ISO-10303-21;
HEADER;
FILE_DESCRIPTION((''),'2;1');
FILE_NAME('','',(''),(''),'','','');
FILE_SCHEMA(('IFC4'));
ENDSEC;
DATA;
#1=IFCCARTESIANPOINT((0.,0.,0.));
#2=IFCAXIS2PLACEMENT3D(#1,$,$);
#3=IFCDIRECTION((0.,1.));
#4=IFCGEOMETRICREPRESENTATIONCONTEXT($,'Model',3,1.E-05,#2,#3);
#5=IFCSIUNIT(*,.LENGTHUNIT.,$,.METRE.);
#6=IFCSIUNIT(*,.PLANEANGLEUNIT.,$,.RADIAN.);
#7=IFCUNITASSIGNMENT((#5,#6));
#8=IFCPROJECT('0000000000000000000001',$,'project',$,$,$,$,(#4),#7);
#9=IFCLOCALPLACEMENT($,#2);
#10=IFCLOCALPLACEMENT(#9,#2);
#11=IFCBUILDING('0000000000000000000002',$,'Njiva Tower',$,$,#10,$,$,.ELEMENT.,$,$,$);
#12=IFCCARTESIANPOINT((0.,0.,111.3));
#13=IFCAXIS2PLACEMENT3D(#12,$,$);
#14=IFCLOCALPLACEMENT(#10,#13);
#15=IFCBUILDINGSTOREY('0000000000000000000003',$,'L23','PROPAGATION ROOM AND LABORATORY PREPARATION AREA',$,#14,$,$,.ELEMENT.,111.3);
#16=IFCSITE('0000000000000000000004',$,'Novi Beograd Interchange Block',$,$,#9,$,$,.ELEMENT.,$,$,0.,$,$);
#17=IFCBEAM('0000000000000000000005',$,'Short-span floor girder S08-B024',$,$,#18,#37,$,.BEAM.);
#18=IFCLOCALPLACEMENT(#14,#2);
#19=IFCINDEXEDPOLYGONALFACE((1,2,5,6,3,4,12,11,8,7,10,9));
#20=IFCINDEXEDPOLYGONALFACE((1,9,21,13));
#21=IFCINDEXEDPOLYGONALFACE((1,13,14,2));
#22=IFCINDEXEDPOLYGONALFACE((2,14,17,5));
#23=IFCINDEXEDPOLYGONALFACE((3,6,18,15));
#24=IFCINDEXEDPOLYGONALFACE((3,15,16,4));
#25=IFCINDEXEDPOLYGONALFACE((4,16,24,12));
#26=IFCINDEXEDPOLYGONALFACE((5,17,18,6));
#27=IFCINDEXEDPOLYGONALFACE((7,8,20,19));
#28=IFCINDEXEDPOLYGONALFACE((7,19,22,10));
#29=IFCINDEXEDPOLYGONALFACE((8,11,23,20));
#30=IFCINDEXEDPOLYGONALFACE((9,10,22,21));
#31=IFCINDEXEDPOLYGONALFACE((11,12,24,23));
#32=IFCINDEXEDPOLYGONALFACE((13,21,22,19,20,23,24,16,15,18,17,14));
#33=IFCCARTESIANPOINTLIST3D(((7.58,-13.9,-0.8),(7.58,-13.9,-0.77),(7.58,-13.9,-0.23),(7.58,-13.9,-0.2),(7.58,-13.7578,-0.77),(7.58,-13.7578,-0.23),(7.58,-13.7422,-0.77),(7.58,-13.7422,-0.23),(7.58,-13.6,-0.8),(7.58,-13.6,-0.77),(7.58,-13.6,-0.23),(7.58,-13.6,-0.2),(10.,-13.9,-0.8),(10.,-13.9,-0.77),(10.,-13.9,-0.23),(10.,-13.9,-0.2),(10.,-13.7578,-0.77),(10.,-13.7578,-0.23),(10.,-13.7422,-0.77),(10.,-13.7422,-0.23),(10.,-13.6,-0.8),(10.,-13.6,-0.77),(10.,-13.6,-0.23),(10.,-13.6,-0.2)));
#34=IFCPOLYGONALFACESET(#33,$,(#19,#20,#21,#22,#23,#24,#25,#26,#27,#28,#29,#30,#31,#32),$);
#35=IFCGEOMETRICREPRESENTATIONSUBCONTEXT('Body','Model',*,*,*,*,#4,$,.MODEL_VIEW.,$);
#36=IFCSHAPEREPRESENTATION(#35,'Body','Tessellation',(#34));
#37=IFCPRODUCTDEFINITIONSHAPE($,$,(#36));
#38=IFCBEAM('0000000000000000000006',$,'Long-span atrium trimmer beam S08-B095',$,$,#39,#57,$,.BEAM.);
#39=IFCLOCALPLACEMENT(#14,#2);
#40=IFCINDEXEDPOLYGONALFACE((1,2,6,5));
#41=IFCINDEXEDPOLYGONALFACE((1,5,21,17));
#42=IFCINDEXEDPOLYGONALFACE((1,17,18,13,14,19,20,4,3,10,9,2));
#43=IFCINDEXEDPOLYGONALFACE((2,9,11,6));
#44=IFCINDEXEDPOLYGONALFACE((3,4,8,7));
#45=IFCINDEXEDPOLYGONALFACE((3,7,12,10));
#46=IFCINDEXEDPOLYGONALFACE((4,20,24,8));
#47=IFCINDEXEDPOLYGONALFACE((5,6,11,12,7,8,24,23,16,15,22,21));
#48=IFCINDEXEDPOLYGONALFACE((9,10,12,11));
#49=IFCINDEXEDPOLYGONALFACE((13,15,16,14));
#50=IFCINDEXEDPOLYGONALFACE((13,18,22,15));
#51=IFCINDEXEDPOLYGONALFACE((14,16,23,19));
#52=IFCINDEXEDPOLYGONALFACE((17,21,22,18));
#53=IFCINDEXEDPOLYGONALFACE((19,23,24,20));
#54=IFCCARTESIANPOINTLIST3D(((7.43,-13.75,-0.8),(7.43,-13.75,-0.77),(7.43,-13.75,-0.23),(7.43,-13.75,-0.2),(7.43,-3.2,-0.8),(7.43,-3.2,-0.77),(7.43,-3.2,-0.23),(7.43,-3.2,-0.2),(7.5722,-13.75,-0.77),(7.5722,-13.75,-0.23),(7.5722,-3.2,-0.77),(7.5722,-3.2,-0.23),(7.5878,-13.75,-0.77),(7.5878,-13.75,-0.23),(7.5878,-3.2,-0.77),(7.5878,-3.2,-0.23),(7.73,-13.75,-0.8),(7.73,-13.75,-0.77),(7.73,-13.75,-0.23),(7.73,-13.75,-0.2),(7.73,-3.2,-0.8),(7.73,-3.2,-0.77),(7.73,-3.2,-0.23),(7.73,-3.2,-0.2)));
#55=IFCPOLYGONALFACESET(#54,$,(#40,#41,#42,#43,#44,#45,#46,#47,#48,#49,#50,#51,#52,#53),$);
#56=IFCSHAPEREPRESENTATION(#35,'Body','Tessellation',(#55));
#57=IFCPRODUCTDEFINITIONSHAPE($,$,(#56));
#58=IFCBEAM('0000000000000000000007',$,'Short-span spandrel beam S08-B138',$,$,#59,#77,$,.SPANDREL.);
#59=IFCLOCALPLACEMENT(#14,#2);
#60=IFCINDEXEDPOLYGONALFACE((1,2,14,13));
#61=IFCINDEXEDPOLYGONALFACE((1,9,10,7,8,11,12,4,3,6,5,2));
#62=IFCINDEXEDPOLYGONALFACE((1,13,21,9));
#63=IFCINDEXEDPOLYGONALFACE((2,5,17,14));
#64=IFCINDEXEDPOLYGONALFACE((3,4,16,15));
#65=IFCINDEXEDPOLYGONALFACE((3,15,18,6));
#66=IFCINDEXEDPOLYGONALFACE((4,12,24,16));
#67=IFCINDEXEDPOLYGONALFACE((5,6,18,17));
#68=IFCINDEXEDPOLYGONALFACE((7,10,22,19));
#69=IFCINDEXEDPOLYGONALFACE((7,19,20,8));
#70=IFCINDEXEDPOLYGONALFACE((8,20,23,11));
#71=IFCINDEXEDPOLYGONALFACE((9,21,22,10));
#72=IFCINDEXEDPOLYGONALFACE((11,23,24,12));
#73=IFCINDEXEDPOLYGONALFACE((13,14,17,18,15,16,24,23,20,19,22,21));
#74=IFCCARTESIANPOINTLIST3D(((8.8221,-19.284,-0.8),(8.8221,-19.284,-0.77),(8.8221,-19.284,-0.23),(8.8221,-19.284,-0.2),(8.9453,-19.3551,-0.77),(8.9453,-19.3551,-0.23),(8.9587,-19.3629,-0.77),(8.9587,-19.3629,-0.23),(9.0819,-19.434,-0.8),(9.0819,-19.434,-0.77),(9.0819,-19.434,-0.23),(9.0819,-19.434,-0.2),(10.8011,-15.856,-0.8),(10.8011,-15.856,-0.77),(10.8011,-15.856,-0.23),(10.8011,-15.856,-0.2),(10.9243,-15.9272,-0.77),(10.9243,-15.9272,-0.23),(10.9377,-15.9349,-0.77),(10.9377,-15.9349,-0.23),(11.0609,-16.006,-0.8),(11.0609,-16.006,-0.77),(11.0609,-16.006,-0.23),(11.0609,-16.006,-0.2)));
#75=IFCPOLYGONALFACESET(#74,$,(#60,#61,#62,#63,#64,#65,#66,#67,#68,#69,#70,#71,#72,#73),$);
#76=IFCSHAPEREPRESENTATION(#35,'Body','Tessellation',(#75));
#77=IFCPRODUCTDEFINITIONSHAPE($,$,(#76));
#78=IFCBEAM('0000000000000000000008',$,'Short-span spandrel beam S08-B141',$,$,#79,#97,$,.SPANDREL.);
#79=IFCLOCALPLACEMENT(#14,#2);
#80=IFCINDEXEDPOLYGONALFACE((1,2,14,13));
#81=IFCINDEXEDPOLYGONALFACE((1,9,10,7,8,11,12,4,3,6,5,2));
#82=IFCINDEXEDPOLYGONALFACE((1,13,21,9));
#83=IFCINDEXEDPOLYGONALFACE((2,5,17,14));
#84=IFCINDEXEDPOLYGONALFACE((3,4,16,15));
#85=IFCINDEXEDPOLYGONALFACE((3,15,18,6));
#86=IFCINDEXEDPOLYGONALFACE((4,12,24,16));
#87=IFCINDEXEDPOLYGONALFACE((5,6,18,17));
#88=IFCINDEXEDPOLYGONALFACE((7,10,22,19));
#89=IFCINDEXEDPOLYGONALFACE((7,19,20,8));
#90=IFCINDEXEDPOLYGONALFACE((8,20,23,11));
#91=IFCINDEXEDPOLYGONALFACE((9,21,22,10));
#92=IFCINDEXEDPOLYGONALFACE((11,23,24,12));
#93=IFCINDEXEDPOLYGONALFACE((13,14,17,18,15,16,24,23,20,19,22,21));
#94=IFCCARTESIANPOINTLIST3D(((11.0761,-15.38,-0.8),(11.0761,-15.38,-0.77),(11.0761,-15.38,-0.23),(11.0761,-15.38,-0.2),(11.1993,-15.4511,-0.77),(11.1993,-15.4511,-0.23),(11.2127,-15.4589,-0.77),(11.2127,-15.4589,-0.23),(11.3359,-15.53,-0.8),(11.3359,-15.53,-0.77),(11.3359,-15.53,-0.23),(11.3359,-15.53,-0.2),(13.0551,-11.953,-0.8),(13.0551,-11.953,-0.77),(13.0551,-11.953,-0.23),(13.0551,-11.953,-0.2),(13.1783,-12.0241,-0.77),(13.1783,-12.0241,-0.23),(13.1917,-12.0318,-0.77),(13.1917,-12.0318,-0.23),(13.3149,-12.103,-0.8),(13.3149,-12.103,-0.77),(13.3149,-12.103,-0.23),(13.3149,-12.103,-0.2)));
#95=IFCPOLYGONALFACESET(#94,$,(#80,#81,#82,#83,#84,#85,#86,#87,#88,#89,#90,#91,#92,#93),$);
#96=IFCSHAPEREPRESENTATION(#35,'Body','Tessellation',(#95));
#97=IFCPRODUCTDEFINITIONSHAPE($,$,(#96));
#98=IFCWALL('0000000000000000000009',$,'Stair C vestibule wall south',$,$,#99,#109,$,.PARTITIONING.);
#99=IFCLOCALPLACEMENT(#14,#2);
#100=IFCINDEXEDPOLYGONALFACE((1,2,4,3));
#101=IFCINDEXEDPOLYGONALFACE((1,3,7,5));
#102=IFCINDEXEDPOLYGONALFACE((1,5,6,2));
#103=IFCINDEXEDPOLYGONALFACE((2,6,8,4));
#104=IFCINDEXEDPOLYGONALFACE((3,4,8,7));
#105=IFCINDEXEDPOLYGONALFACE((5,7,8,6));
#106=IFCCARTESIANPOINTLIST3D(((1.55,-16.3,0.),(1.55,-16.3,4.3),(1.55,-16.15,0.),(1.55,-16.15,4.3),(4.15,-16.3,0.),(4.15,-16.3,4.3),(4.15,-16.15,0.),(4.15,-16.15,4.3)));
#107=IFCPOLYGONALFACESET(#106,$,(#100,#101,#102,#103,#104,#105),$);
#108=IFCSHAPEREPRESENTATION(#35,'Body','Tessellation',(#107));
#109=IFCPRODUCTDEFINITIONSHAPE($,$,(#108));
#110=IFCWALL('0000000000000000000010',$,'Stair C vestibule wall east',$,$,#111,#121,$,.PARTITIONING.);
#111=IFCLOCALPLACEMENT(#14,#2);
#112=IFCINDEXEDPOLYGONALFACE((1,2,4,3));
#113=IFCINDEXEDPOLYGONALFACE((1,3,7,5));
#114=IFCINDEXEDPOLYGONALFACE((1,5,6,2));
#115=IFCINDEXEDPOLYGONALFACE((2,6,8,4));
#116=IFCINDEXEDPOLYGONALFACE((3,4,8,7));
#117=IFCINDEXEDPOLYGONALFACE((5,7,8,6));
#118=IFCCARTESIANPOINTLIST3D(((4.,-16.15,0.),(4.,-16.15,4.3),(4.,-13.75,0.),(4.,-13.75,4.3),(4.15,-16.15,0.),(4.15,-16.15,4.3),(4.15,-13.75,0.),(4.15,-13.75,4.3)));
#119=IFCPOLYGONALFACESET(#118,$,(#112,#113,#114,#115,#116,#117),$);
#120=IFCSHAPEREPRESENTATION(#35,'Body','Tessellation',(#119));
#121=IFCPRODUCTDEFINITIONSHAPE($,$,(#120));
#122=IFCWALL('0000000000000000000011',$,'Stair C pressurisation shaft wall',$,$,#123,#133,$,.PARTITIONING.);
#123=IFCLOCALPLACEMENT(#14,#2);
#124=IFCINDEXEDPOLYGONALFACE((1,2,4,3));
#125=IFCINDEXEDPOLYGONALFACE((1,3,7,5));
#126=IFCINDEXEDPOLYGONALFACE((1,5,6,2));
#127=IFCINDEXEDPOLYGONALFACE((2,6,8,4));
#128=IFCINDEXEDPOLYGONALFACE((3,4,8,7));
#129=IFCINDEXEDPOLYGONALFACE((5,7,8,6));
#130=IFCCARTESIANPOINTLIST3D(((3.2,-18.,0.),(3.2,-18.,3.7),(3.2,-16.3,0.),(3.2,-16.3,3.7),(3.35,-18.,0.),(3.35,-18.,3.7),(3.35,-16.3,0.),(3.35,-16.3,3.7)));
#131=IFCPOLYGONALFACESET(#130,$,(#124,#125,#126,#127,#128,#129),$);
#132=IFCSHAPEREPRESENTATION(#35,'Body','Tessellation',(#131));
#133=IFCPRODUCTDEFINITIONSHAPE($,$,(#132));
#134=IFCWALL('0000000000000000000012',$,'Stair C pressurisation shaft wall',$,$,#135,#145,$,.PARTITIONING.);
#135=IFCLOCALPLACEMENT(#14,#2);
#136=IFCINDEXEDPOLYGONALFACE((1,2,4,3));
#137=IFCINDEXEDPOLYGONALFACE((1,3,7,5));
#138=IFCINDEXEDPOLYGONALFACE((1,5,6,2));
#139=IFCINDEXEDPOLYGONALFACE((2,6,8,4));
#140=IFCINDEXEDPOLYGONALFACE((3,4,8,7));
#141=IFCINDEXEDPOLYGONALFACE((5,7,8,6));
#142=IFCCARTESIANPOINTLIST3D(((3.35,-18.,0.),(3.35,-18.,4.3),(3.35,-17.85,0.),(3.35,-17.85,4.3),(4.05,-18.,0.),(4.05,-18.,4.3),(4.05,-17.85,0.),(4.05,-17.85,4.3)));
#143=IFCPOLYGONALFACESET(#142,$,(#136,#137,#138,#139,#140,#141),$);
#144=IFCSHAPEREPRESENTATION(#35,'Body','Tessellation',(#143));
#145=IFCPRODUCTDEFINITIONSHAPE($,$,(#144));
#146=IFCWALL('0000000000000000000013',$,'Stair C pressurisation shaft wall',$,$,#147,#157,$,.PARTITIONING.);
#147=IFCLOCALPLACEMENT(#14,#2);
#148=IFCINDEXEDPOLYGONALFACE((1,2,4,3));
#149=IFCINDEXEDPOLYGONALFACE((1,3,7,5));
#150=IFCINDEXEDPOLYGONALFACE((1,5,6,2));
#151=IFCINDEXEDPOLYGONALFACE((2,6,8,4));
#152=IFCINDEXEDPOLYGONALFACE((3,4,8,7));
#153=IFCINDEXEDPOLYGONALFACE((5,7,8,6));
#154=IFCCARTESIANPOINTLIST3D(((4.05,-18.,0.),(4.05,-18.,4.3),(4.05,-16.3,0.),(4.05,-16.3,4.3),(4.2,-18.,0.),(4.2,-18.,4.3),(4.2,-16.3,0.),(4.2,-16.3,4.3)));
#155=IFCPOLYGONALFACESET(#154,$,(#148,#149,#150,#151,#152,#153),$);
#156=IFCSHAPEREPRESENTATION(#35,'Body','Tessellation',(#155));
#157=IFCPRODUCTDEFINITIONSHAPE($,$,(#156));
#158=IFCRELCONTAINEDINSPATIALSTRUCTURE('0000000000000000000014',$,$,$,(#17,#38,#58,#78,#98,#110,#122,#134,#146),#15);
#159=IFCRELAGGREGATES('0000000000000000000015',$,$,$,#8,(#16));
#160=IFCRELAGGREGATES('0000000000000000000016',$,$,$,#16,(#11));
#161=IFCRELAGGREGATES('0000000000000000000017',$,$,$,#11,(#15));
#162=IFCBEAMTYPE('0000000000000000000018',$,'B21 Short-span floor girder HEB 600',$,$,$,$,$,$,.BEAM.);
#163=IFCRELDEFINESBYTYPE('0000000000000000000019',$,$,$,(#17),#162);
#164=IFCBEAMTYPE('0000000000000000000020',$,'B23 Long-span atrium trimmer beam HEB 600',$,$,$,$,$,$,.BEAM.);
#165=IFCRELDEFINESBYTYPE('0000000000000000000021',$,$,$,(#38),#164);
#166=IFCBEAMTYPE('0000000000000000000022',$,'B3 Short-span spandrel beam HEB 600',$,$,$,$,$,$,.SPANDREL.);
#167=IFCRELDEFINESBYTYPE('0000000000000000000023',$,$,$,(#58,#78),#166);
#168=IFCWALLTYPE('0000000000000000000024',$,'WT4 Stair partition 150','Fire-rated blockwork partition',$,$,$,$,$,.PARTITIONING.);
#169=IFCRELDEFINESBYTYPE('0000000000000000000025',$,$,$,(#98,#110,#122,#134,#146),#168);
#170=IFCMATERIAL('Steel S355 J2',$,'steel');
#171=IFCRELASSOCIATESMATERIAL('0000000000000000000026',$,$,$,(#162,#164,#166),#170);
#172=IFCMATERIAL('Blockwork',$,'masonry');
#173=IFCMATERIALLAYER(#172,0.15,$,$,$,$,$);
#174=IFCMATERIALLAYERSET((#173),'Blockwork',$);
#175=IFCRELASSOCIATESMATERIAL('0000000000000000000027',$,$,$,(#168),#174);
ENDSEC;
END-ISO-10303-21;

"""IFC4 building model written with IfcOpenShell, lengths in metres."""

from ifc_helpers import new_model, si_unit, direction, frame, frame_2d, origin, origin_2d, place, context, subcontext, project, spatial, rectangle, i_section, extrude, material, layer, layer_set, material_profile, profile_set, type_object, element, save


model = new_model("IFC4")

# Units and contexts
model_context = context("Model", 3, precision=1e-05, world=origin(), true_north=direction((0.0, 1.0)))
body_context = subcontext(model_context, "Body", "Model", "MODEL_VIEW")
ifc_project = project(units=[si_unit("LENGTHUNIT", "METRE"), si_unit("PLANEANGLEUNIT", "RADIAN")], contexts=[model_context])

# Site, building, storey
site_placement = place(None, origin())
site = spatial("IfcSite", under=ifc_project, at=site_placement, Name="Novi Beograd Interchange Block", CompositionType="ELEMENT", RefElevation=0.0)
building_placement = place(site_placement, origin())
building = spatial("IfcBuilding", under=site, at=building_placement, Name="Njiva Tower", CompositionType="ELEMENT")
storey_placement = place(building_placement, frame((0.0, 0.0, 111.3)))
storey = spatial("IfcBuildingStorey", under=building, at=storey_placement, Name="L23", Description="PROPAGATION ROOM AND LABORATORY PREPARATION AREA", CompositionType="ELEMENT", Elevation=111.3)

# Shared definitions
ifc_material_1 = material(Name="Steel S355 J2", Category="steel")

# Beams
ifc_material_profile_1 = material_profile(ifc_material_1, i_section(OverallWidth=0.3, OverallDepth=0.6, WebThickness=0.0155, FlangeThickness=0.03, at=origin_2d()), Name="HEB 600")
ifc_profile_set_1 = profile_set([ifc_material_profile_1], Name="Steel S355 J2")
beam_type_1 = type_object("IfcBeamType", Name="B21 Short-span floor girder HEB 600", PredefinedType="BEAM", material=ifc_profile_set_1)
beam_1_placement = place(storey_placement, frame((7.58, -13.75, -0.5), z_axis=(1.0, 0.0, 0.0), x_axis=(0.0, 1.0, 0.0)))
element("IfcBeam", 1, at=beam_1_placement, inside=storey, type_object=beam_type_1, Name="Short-span floor girder S08-B024", PredefinedType="BEAM", context=body_context, shape_type="SweptSolid", body=[
    extrude(i_section(OverallWidth=0.3, OverallDepth=0.6, WebThickness=0.0155, FlangeThickness=0.03, at=origin_2d()), origin(), (0.0, 0.0, 1.0), 2.42),
])
ifc_material_profile_2 = material_profile(ifc_material_1, i_section(OverallWidth=0.3, OverallDepth=0.6, WebThickness=0.0155, FlangeThickness=0.03, at=origin_2d()), Name="HEB 600")
ifc_profile_set_2 = profile_set([ifc_material_profile_2], Name="Steel S355 J2")
beam_type_2 = type_object("IfcBeamType", Name="B23 Long-span atrium trimmer beam HEB 600", PredefinedType="BEAM", material=ifc_profile_set_2)
beam_2_placement = place(storey_placement, frame((7.58, -13.75, -0.5), z_axis=(0.0, 1.0, 0.0), x_axis=(-1.0, 0.0, 0.0)))
element("IfcBeam", 2, at=beam_2_placement, inside=storey, type_object=beam_type_2, Name="Long-span atrium trimmer beam S08-B095", PredefinedType="BEAM", context=body_context, shape_type="SweptSolid", body=[
    extrude(i_section(OverallWidth=0.3, OverallDepth=0.6, WebThickness=0.0155, FlangeThickness=0.03, at=origin_2d()), origin(), (0.0, 0.0, 1.0), 10.55),
])
ifc_material_profile_3 = material_profile(ifc_material_1, i_section(OverallWidth=0.3, OverallDepth=0.6, WebThickness=0.0155, FlangeThickness=0.03, at=origin_2d()), Name="HEB 600")
ifc_profile_set_3 = profile_set([ifc_material_profile_3], Name="Steel S355 J2")
beam_type_3 = type_object("IfcBeamType", Name="B3 Short-span spandrel beam HEB 600", PredefinedType="SPANDREL", material=ifc_profile_set_3)
beam_3_placement = place(storey_placement, frame((8.952, -19.359, -0.5), z_axis=(0.49997, 0.866043, 0.0), x_axis=(-0.866043, 0.49997, 0.0)))
element("IfcBeam", 3, at=beam_3_placement, inside=storey, type_object=beam_type_3, Name="Short-span spandrel beam S08-B138", PredefinedType="SPANDREL", context=body_context, shape_type="SweptSolid", body=[
    extrude(i_section(OverallWidth=0.3, OverallDepth=0.6, WebThickness=0.0155, FlangeThickness=0.03, at=origin_2d()), origin(), (0.0, 0.0, 1.0), 3.9582),
])
beam_4_placement = place(storey_placement, frame((11.206, -15.455, -0.5), z_axis=(0.50008, 0.865979, 0.0), x_axis=(-0.865979, 0.50008, 0.0)))
element("IfcBeam", 4, at=beam_4_placement, inside=storey, type_object=beam_type_3, Name="Short-span spandrel beam S08-B141", PredefinedType="SPANDREL", context=body_context, shape_type="SweptSolid", body=[
    extrude(i_section(OverallWidth=0.3, OverallDepth=0.6, WebThickness=0.0155, FlangeThickness=0.03, at=origin_2d()), origin(), (0.0, 0.0, 1.0), 3.9574),
])

# Walls
ifc_material_2 = material(Name="Blockwork", Category="masonry")
ifc_layer = layer(ifc_material_2, 0.15)
ifc_layer_set = layer_set([ifc_layer], Name="Blockwork")
wall_type = type_object("IfcWallType", Name="WT4 Stair partition 150", Description="Fire-rated blockwork partition", PredefinedType="PARTITIONING", material=ifc_layer_set)
wall_1_placement = place(storey_placement, frame((1.55, -16.225, 0.0), z_axis=(0.0, 0.0, 1.0), x_axis=(1.0, 0.0, 0.0)))
element("IfcWall", 5, at=wall_1_placement, inside=storey, type_object=wall_type, Name="Stair C vestibule wall south", PredefinedType="PARTITIONING", context=body_context, shape_type="SweptSolid", body=[
    extrude(rectangle(XDim=2.6, YDim=0.15, at=frame_2d((1.3, 0.0))), origin(), (0.0, 0.0, 1.0), 4.3),
])
wall_2_placement = place(storey_placement, frame((4.075, -16.15, 0.0), z_axis=(0.0, 0.0, 1.0), x_axis=(0.0, 1.0, 0.0)))
element("IfcWall", 6, at=wall_2_placement, inside=storey, type_object=wall_type, Name="Stair C vestibule wall east", PredefinedType="PARTITIONING", context=body_context, shape_type="SweptSolid", body=[
    extrude(rectangle(XDim=2.4, YDim=0.15, at=frame_2d((1.2, 0.0))), origin(), (0.0, 0.0, 1.0), 4.3),
])
wall_3_placement = place(storey_placement, frame((3.275, -18.0, 0.0), z_axis=(0.0, 0.0, 1.0), x_axis=(0.0, 1.0, 0.0)))
element("IfcWall", 7, at=wall_3_placement, inside=storey, type_object=wall_type, Name="Stair C pressurisation shaft wall", PredefinedType="PARTITIONING", context=body_context, shape_type="SweptSolid", body=[
    extrude(rectangle(XDim=1.7, YDim=0.15, at=frame_2d((0.85, 0.0))), origin(), (0.0, 0.0, 1.0), 3.7),
])
wall_4_placement = place(storey_placement, frame((3.35, -17.925, 0.0), z_axis=(0.0, 0.0, 1.0), x_axis=(1.0, 0.0, 0.0)))
element("IfcWall", 8, at=wall_4_placement, inside=storey, type_object=wall_type, Name="Stair C pressurisation shaft wall", PredefinedType="PARTITIONING", context=body_context, shape_type="SweptSolid", body=[
    extrude(rectangle(XDim=0.7, YDim=0.15, at=frame_2d((0.35, 0.0))), origin(), (0.0, 0.0, 1.0), 4.3),
])
wall_5_placement = place(storey_placement, frame((4.125, -18.0, 0.0), z_axis=(0.0, 0.0, 1.0), x_axis=(0.0, 1.0, 0.0)))
element("IfcWall", 9, at=wall_5_placement, inside=storey, type_object=wall_type, Name="Stair C pressurisation shaft wall", PredefinedType="PARTITIONING", context=body_context, shape_type="SweptSolid", body=[
    extrude(rectangle(XDim=1.7, YDim=0.15, at=frame_2d((0.85, 0.0))), origin(), (0.0, 0.0, 1.0), 4.3),
])

save(model, "model.ifc")
